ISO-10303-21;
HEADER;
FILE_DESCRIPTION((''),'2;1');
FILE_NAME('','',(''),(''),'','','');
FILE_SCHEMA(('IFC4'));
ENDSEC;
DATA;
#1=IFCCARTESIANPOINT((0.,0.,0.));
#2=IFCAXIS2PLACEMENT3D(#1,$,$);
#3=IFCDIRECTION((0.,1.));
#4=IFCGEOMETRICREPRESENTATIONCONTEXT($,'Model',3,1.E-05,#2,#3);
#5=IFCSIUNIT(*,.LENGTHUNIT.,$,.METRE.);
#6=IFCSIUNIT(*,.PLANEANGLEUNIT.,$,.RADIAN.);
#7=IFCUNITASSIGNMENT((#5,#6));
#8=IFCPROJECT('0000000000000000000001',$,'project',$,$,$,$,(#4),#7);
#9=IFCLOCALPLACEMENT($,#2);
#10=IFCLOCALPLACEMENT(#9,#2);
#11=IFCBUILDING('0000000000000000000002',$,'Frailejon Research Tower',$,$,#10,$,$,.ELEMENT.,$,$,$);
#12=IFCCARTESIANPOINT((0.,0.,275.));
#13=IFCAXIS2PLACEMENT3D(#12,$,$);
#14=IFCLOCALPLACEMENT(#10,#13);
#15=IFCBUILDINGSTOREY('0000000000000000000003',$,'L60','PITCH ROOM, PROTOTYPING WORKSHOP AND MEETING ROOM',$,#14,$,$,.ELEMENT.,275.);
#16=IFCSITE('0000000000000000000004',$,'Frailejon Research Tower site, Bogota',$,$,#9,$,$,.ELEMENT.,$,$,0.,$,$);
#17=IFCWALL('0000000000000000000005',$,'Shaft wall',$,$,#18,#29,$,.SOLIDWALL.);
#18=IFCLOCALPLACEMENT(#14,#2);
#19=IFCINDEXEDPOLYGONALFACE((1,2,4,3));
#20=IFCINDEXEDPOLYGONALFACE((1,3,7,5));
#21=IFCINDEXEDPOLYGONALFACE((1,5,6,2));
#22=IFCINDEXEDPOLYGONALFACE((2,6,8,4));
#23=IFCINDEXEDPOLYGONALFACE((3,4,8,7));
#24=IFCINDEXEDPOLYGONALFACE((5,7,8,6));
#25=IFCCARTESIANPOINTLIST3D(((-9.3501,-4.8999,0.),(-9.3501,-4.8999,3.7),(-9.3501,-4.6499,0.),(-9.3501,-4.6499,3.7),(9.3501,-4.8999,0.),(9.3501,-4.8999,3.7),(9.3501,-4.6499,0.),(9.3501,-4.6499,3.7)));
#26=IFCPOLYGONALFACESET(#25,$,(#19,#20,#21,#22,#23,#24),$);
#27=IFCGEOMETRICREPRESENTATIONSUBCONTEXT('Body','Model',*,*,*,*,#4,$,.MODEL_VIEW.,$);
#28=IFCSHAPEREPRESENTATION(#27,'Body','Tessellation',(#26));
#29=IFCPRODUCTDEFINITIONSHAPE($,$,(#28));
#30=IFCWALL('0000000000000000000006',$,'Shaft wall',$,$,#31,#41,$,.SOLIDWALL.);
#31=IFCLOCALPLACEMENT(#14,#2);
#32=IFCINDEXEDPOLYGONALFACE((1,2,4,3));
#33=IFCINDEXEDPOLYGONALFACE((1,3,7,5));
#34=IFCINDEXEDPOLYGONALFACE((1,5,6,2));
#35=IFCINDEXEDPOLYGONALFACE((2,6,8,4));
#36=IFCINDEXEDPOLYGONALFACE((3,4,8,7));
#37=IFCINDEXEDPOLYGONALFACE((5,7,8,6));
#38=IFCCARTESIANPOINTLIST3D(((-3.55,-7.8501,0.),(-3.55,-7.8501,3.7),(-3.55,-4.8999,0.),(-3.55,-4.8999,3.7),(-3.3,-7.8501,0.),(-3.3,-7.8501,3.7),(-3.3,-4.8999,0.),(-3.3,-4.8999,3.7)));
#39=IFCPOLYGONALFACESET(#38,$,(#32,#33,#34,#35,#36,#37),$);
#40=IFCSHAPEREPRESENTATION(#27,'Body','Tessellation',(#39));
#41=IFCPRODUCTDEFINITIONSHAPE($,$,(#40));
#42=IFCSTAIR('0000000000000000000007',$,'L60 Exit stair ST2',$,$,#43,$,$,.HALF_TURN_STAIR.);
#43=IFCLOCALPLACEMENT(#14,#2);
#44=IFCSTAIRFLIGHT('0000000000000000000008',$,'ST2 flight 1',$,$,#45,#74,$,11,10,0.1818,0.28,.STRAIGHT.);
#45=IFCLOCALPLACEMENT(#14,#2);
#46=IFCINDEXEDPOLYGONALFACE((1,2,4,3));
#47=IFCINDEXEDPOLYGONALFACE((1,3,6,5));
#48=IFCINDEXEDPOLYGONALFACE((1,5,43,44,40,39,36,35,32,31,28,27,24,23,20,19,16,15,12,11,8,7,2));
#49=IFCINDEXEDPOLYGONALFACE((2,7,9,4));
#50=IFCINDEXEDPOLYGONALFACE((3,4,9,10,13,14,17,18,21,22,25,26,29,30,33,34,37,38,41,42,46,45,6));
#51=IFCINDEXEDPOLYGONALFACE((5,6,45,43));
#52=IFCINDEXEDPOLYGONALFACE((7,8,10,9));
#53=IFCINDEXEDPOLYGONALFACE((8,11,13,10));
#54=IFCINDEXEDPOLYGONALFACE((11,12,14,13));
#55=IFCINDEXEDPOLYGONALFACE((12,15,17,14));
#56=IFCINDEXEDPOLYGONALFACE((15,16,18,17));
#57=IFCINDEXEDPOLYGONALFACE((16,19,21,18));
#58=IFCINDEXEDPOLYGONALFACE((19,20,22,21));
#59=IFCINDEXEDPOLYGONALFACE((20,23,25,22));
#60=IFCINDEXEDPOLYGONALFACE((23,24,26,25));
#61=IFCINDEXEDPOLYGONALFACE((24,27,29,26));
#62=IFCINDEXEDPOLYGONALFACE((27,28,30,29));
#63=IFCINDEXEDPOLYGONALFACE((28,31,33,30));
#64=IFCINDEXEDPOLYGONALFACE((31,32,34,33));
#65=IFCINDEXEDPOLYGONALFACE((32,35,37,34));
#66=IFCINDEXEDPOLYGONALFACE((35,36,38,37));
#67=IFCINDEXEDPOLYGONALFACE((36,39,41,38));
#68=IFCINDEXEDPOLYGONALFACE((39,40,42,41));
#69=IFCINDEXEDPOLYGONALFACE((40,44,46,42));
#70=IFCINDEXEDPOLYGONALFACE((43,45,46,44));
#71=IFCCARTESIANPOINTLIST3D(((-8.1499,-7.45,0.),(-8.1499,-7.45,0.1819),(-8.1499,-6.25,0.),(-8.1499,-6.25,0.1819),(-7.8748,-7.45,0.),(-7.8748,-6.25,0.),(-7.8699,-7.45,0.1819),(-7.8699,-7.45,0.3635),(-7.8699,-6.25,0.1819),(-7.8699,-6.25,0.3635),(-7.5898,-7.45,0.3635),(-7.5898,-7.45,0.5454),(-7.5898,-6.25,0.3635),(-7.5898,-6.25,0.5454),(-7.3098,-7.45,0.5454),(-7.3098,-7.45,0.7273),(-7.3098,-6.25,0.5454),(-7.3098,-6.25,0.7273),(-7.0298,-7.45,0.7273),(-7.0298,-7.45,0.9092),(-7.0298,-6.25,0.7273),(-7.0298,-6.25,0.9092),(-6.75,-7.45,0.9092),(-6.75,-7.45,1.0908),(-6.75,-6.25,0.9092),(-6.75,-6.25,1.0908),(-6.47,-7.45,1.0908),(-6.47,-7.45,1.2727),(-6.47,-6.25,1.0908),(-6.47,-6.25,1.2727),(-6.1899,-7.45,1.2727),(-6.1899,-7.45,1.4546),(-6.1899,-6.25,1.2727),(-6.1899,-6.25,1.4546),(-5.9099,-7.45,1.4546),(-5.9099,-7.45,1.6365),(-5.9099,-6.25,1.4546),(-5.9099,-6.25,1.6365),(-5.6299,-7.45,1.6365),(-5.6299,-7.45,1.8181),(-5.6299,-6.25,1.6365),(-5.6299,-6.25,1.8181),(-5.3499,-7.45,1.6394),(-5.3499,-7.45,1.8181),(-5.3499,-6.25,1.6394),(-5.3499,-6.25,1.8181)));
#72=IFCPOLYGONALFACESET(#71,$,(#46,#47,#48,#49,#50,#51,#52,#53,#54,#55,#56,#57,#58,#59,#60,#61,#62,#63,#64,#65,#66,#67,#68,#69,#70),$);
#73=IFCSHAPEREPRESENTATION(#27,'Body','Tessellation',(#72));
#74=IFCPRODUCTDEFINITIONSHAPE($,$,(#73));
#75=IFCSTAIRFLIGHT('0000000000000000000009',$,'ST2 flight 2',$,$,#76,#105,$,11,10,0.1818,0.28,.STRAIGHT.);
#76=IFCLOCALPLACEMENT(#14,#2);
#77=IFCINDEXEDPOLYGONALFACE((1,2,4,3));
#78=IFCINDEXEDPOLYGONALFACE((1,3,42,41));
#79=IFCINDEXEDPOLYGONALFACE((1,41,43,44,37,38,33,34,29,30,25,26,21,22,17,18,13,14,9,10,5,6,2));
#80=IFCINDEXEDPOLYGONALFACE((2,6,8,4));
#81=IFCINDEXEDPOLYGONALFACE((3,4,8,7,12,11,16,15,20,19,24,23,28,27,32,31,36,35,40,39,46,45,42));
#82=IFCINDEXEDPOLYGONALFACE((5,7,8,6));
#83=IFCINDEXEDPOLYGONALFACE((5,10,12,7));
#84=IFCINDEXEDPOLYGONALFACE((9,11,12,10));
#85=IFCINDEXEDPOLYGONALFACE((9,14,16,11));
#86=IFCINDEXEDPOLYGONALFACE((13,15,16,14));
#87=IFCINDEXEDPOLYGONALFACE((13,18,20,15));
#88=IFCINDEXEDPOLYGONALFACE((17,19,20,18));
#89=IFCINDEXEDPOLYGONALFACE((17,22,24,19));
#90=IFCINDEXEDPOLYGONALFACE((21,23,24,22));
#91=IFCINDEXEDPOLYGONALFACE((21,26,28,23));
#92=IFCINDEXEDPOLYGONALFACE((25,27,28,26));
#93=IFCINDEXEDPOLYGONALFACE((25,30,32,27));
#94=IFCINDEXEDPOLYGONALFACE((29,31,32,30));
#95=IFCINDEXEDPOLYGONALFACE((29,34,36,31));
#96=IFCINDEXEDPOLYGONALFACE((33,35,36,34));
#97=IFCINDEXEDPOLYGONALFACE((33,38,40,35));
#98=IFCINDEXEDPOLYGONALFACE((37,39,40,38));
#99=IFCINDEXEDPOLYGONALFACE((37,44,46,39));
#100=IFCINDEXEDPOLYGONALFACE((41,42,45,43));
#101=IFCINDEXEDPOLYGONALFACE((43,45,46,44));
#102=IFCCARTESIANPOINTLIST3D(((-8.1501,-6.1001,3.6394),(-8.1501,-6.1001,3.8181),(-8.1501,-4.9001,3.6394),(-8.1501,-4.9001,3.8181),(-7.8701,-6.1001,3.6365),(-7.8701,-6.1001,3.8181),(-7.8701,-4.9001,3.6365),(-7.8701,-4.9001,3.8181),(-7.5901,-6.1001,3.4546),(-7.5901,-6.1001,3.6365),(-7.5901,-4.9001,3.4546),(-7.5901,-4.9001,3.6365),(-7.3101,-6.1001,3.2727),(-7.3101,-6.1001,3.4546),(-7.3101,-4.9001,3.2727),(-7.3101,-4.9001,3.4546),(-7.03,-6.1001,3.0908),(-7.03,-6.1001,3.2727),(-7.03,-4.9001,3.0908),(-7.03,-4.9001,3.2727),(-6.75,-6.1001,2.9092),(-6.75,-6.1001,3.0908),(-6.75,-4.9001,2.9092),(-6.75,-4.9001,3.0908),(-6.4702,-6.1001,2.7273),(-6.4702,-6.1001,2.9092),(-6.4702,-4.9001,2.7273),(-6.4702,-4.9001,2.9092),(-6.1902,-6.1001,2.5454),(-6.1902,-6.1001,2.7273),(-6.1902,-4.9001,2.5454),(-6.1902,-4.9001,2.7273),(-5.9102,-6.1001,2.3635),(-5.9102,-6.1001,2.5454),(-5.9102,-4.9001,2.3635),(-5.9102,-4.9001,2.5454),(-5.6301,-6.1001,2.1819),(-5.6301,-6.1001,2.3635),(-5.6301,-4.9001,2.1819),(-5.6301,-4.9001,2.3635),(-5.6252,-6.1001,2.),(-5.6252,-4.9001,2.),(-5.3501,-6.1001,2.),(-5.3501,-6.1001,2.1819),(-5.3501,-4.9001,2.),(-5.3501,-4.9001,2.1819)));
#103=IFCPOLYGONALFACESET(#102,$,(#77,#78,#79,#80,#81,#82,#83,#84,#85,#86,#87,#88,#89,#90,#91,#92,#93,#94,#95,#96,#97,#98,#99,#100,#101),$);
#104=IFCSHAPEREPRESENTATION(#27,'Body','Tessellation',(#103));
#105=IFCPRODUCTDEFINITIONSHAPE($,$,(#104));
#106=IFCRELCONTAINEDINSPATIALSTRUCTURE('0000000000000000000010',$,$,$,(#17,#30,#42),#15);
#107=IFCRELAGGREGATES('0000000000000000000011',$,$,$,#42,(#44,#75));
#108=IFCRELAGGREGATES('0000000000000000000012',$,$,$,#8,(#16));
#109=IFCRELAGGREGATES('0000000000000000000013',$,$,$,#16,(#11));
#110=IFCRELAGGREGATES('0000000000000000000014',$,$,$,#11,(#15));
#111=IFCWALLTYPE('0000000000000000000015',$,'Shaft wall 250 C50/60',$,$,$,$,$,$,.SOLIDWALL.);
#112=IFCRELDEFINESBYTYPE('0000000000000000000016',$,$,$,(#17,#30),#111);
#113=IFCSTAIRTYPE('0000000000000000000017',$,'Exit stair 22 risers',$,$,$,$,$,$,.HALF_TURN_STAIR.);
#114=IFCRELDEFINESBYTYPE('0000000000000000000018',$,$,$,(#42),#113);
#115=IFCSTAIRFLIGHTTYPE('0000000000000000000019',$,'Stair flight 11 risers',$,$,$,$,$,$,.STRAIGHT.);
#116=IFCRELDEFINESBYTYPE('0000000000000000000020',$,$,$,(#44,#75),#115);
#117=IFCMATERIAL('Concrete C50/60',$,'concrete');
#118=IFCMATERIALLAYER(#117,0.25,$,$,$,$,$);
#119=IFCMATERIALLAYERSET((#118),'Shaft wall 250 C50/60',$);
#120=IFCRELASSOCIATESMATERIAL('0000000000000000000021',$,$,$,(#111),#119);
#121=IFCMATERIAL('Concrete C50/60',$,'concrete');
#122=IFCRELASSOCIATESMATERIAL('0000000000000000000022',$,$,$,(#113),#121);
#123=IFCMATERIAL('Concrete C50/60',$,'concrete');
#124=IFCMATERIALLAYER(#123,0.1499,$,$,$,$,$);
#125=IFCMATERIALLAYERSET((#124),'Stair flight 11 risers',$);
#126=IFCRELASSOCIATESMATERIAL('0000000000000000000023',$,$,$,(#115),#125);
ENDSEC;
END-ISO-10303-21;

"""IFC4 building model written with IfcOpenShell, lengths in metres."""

from ifc_helpers import new_model, si_unit, direction, frame, frame_2d, origin, place, context, subcontext, project, spatial, polyline, rectangle, outline, extrude, material, layer, layer_set, type_object, element, aggregate, save


model = new_model("IFC4")

# Units and contexts
model_context = context("Model", 3, precision=1e-05, world=origin(), true_north=direction((0.0, 1.0)))
body_context = subcontext(model_context, "Body", "Model", "MODEL_VIEW")
ifc_project = project(units=[si_unit("LENGTHUNIT", "METRE"), si_unit("PLANEANGLEUNIT", "RADIAN")], contexts=[model_context])

# Site, building, storey
site_placement = place(None, origin())
site = spatial("IfcSite", under=ifc_project, at=site_placement, Name="Frailejon Research Tower site, Bogota", CompositionType="ELEMENT", RefElevation=0.0)
building_placement = place(site_placement, origin())
building = spatial("IfcBuilding", under=site, at=building_placement, Name="Frailejon Research Tower", CompositionType="ELEMENT")
storey_placement = place(building_placement, frame((0.0, 0.0, 275.0)))
storey = spatial("IfcBuildingStorey", under=building, at=storey_placement, Name="L60", Description="PITCH ROOM, PROTOTYPING WORKSHOP AND MEETING ROOM", CompositionType="ELEMENT", Elevation=275.0)

# Shared definitions
ifc_material_1 = material(Name="Concrete C50/60", Category="concrete")
ifc_layer_1 = layer(ifc_material_1, 0.25)
ifc_layer_set_1 = layer_set([ifc_layer_1], Name="Shaft wall 250 C50/60")
wall_type_1 = type_object("IfcWallType", Name="Shaft wall 250 C50/60", PredefinedType="SOLIDWALL", material=ifc_layer_set_1)

# Walls
wall_1_placement = place(storey_placement, frame((-9.3501, -4.7749, 0.0), z_axis=(0.0, 0.0, 1.0), x_axis=(1.0, 0.0, 0.0)))
element("IfcWall", 1, at=wall_1_placement, inside=storey, type_object=wall_type_1, Name="Shaft wall", PredefinedType="SOLIDWALL", context=body_context, shape_type="SweptSolid", body=[
    extrude(rectangle(XDim=18.7002, YDim=0.25, at=frame_2d((9.3501, 0.0))), origin(), (0.0, 0.0, 1.0), 3.7),
])
wall_2_placement = place(storey_placement, frame((-3.425, -7.8501, 0.0), z_axis=(0.0, 0.0, 1.0), x_axis=(0.0, 1.0, 0.0)))
element("IfcWall", 2, at=wall_2_placement, inside=storey, type_object=wall_type_1, Name="Shaft wall", PredefinedType="SOLIDWALL", context=body_context, shape_type="SweptSolid", body=[
    extrude(rectangle(XDim=2.9502, YDim=0.25, at=frame_2d((1.4751, 0.0))), origin(), (0.0, 0.0, 1.0), 3.7),
])

# Stair, stair flights
ifc_material_2 = material(Name="Concrete C50/60", Category="concrete")
stair_type = type_object("IfcStairType", Name="Exit stair 22 risers", PredefinedType="HALF_TURN_STAIR", material=ifc_material_2)
stair_placement = place(storey_placement, origin())
stair = element("IfcStair", 3, at=stair_placement, inside=storey, type_object=stair_type, Name="L60 Exit stair ST2", PredefinedType="HALF_TURN_STAIR")
ifc_material_3 = material(Name="Concrete C50/60", Category="concrete")
ifc_layer_2 = layer(ifc_material_3, 0.1499)
ifc_layer_set_2 = layer_set([ifc_layer_2], Name="Stair flight 11 risers")
stair_flight_type = type_object("IfcStairFlightType", Name="Stair flight 11 risers", PredefinedType="STRAIGHT", material=ifc_layer_set_2)
stair_flight_1_placement = place(storey_placement, frame((-8.1499, -6.8501, 0.0), z_axis=(0.0, 0.0, 1.0), x_axis=(1.0, 0.0, 0.0)))
stair_flight_1 = element("IfcStairFlight", 4, at=stair_flight_1_placement, type_object=stair_flight_type, Name="ST2 flight 1", NumberOfRisers=11, NumberOfTreads=10, PredefinedType="STRAIGHT", RiserHeight=0.1818, TreadLength=0.28, context=body_context, shape_type="SweptSolid", body=[
    extrude(outline(polyline([(0.0, 0.0), (0.0, 0.1819), (0.28, 0.1819), (0.28, 0.3635), (0.5601, 0.3635), (0.5601, 0.5454), (0.8401, 0.5454), (0.8401, 0.7273), (1.1201, 0.7273), (1.1201, 0.9092), (1.3999, 0.9092), (1.3999, 1.0908), (1.6799, 1.0908), (1.6799, 1.2727), (1.96, 1.2727), (1.96, 1.4546), (2.24, 1.4546), (2.24, 1.6365), (2.52, 1.6365), (2.52, 1.8181), (2.8, 1.8181), (2.8, 2.0), (2.8, 1.6394), (0.2751, 0.0), (0.0, 0.0)])), frame((0.0, 0.6001, 0.0), z_axis=(0.0, -1.0, 0.0), x_axis=(1.0, 0.0, 0.0)), (0.0, 0.0, 1.0), 1.2),
])
stair_flight_2_placement = place(storey_placement, frame((-5.3501, -5.5, 2.0), z_axis=(0.0, 0.0, 1.0), x_axis=(-1.0, 0.0, 0.0)))
stair_flight_2 = element("IfcStairFlight", 5, at=stair_flight_2_placement, type_object=stair_flight_type, Name="ST2 flight 2", NumberOfRisers=11, NumberOfTreads=10, PredefinedType="STRAIGHT", RiserHeight=0.1818, TreadLength=0.28, context=body_context, shape_type="SweptSolid", body=[
    extrude(outline(polyline([(0.0, 0.0), (0.0, 0.1819), (0.28, 0.1819), (0.28, 0.3635), (0.5601, 0.3635), (0.5601, 0.5454), (0.8401, 0.5454), (0.8401, 0.7273), (1.1201, 0.7273), (1.1201, 0.9092), (1.3999, 0.9092), (1.3999, 1.0908), (1.6799, 1.0908), (1.6799, 1.2727), (1.96, 1.2727), (1.96, 1.4546), (2.24, 1.4546), (2.24, 1.6365), (2.52, 1.6365), (2.52, 1.8181), (2.8, 1.8181), (2.8, 2.0), (2.8, 1.6394), (0.2751, 0.0), (0.0, 0.0)])), frame((0.0, 0.6001, 0.0), z_axis=(0.0, -1.0, 0.0), x_axis=(1.0, 0.0, 0.0)), (0.0, 0.0, 1.0), 1.2),
])
aggregate(stair, [stair_flight_1, stair_flight_2])

save(model, "model.ifc")
